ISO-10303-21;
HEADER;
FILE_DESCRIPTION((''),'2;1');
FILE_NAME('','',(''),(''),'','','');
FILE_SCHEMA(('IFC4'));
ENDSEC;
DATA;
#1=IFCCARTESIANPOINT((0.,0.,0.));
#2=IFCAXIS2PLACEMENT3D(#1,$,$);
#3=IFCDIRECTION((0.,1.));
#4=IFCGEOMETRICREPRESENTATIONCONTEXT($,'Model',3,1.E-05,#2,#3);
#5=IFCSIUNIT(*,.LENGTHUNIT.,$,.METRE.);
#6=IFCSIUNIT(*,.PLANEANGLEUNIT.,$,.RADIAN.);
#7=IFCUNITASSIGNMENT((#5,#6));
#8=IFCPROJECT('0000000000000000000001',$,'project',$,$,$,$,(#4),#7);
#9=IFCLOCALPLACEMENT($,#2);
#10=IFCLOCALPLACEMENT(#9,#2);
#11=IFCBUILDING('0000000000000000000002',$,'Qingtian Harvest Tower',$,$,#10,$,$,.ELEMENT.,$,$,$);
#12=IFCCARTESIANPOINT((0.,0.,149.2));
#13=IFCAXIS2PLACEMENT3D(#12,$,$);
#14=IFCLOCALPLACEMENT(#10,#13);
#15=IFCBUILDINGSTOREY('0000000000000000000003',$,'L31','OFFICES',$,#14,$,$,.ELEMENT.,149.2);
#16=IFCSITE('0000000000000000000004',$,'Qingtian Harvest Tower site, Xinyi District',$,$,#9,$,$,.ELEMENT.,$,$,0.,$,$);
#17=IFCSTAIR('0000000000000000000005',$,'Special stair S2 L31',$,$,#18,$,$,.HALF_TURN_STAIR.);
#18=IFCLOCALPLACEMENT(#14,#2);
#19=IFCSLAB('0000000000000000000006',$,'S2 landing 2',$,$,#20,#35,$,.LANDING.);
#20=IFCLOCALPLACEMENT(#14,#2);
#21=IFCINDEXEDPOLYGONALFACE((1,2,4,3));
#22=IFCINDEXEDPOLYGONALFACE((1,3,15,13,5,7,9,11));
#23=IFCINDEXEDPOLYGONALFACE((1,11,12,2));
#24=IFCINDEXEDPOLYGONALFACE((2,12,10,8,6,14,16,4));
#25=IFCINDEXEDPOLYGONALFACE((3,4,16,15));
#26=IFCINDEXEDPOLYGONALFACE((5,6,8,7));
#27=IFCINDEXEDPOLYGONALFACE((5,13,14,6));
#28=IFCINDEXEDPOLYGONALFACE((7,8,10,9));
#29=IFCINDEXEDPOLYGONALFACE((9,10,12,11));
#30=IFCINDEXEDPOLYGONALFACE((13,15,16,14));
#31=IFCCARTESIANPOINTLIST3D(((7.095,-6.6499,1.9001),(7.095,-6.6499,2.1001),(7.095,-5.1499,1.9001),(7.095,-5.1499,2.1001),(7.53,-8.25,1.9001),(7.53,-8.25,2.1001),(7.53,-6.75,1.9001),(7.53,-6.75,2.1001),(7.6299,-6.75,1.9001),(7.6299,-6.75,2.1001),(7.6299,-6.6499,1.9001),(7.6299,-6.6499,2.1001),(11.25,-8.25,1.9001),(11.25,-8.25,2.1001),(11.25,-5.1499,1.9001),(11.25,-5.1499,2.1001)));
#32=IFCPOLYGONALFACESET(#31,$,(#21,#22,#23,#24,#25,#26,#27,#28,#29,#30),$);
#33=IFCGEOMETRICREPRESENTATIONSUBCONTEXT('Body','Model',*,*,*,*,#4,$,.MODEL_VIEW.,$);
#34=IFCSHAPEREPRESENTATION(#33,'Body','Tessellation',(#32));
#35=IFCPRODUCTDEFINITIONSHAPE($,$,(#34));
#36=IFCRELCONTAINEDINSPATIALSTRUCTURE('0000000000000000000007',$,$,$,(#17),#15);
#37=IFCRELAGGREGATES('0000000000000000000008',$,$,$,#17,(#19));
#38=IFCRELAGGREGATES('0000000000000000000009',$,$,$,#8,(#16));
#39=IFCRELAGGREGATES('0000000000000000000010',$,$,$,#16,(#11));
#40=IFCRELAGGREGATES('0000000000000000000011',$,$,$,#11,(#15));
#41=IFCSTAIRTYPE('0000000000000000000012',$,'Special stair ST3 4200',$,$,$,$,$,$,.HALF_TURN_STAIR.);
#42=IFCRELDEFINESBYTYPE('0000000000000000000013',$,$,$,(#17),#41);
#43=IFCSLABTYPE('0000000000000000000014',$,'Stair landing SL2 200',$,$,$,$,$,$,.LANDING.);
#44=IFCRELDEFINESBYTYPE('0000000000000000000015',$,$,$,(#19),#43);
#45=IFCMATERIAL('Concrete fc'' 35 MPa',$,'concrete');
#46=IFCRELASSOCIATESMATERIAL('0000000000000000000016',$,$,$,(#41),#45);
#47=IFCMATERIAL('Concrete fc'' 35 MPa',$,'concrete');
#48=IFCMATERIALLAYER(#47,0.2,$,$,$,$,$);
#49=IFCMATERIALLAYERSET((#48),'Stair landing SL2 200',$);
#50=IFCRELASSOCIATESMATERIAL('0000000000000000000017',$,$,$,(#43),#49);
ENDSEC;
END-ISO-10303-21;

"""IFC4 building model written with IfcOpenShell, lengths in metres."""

from ifc_helpers import new_model, si_unit, direction, frame, origin, place, context, subcontext, project, spatial, polyline, outline, extrude, material, layer, layer_set, type_object, element, aggregate, save


model = new_model("IFC4")

# Units and contexts
model_context = context("Model", 3, precision=1e-05, world=origin(), true_north=direction((0.0, 1.0)))
body_context = subcontext(model_context, "Body", "Model", "MODEL_VIEW")
ifc_project = project(units=[si_unit("LENGTHUNIT", "METRE"), si_unit("PLANEANGLEUNIT", "RADIAN")], contexts=[model_context])

# Site, building, storey
site_placement = place(None, origin())
site = spatial("IfcSite", under=ifc_project, at=site_placement, Name="Qingtian Harvest Tower site, Xinyi District", CompositionType="ELEMENT", RefElevation=0.0)
building_placement = place(site_placement, origin())
building = spatial("IfcBuilding", under=site, at=building_placement, Name="Qingtian Harvest Tower", CompositionType="ELEMENT")
storey_placement = place(building_placement, frame((0.0, 0.0, 149.2)))
storey = spatial("IfcBuildingStorey", under=building, at=storey_placement, Name="L31", Description="OFFICES", CompositionType="ELEMENT", Elevation=149.2)

# Stair, slab
ifc_material_1 = material(Name="Concrete fc' 35 MPa", Category="concrete")
stair_type = type_object("IfcStairType", Name="Special stair ST3 4200", PredefinedType="HALF_TURN_STAIR", material=ifc_material_1)
stair_placement = place(storey_placement, origin())
stair = element("IfcStair", 1, at=stair_placement, inside=storey, type_object=stair_type, Name="Special stair S2 L31", PredefinedType="HALF_TURN_STAIR")
ifc_material_2 = material(Name="Concrete fc' 35 MPa", Category="concrete")
ifc_layer_1 = layer(ifc_material_2, 0.2)
ifc_layer_set_1 = layer_set([ifc_layer_1], Name="Stair landing SL2 200")
slab_type_1 = type_object("IfcSlabType", Name="Stair landing SL2 200", PredefinedType="LANDING", material=ifc_layer_set_1)
slab_1_placement = place(storey_placement, frame((0.0, 0.0, 1.9001)))
slab_1 = element("IfcSlab", 2, at=slab_1_placement, type_object=slab_type_1, Name="S2 landing 2", PredefinedType="LANDING", context=body_context, shape_type="SweptSolid", body=[
    extrude(outline(polyline([(7.53, -8.25), (7.53, -6.75), (7.6299, -6.75), (7.6299, -6.6499), (7.095, -6.6499), (7.095, -5.1499), (11.25, -5.1499), (11.25, -8.25), (7.53, -8.25)])), origin(), (0.0, 0.0, 1.0), 0.2),
])
aggregate(stair, [slab_1])

save(model, "model.ifc")
